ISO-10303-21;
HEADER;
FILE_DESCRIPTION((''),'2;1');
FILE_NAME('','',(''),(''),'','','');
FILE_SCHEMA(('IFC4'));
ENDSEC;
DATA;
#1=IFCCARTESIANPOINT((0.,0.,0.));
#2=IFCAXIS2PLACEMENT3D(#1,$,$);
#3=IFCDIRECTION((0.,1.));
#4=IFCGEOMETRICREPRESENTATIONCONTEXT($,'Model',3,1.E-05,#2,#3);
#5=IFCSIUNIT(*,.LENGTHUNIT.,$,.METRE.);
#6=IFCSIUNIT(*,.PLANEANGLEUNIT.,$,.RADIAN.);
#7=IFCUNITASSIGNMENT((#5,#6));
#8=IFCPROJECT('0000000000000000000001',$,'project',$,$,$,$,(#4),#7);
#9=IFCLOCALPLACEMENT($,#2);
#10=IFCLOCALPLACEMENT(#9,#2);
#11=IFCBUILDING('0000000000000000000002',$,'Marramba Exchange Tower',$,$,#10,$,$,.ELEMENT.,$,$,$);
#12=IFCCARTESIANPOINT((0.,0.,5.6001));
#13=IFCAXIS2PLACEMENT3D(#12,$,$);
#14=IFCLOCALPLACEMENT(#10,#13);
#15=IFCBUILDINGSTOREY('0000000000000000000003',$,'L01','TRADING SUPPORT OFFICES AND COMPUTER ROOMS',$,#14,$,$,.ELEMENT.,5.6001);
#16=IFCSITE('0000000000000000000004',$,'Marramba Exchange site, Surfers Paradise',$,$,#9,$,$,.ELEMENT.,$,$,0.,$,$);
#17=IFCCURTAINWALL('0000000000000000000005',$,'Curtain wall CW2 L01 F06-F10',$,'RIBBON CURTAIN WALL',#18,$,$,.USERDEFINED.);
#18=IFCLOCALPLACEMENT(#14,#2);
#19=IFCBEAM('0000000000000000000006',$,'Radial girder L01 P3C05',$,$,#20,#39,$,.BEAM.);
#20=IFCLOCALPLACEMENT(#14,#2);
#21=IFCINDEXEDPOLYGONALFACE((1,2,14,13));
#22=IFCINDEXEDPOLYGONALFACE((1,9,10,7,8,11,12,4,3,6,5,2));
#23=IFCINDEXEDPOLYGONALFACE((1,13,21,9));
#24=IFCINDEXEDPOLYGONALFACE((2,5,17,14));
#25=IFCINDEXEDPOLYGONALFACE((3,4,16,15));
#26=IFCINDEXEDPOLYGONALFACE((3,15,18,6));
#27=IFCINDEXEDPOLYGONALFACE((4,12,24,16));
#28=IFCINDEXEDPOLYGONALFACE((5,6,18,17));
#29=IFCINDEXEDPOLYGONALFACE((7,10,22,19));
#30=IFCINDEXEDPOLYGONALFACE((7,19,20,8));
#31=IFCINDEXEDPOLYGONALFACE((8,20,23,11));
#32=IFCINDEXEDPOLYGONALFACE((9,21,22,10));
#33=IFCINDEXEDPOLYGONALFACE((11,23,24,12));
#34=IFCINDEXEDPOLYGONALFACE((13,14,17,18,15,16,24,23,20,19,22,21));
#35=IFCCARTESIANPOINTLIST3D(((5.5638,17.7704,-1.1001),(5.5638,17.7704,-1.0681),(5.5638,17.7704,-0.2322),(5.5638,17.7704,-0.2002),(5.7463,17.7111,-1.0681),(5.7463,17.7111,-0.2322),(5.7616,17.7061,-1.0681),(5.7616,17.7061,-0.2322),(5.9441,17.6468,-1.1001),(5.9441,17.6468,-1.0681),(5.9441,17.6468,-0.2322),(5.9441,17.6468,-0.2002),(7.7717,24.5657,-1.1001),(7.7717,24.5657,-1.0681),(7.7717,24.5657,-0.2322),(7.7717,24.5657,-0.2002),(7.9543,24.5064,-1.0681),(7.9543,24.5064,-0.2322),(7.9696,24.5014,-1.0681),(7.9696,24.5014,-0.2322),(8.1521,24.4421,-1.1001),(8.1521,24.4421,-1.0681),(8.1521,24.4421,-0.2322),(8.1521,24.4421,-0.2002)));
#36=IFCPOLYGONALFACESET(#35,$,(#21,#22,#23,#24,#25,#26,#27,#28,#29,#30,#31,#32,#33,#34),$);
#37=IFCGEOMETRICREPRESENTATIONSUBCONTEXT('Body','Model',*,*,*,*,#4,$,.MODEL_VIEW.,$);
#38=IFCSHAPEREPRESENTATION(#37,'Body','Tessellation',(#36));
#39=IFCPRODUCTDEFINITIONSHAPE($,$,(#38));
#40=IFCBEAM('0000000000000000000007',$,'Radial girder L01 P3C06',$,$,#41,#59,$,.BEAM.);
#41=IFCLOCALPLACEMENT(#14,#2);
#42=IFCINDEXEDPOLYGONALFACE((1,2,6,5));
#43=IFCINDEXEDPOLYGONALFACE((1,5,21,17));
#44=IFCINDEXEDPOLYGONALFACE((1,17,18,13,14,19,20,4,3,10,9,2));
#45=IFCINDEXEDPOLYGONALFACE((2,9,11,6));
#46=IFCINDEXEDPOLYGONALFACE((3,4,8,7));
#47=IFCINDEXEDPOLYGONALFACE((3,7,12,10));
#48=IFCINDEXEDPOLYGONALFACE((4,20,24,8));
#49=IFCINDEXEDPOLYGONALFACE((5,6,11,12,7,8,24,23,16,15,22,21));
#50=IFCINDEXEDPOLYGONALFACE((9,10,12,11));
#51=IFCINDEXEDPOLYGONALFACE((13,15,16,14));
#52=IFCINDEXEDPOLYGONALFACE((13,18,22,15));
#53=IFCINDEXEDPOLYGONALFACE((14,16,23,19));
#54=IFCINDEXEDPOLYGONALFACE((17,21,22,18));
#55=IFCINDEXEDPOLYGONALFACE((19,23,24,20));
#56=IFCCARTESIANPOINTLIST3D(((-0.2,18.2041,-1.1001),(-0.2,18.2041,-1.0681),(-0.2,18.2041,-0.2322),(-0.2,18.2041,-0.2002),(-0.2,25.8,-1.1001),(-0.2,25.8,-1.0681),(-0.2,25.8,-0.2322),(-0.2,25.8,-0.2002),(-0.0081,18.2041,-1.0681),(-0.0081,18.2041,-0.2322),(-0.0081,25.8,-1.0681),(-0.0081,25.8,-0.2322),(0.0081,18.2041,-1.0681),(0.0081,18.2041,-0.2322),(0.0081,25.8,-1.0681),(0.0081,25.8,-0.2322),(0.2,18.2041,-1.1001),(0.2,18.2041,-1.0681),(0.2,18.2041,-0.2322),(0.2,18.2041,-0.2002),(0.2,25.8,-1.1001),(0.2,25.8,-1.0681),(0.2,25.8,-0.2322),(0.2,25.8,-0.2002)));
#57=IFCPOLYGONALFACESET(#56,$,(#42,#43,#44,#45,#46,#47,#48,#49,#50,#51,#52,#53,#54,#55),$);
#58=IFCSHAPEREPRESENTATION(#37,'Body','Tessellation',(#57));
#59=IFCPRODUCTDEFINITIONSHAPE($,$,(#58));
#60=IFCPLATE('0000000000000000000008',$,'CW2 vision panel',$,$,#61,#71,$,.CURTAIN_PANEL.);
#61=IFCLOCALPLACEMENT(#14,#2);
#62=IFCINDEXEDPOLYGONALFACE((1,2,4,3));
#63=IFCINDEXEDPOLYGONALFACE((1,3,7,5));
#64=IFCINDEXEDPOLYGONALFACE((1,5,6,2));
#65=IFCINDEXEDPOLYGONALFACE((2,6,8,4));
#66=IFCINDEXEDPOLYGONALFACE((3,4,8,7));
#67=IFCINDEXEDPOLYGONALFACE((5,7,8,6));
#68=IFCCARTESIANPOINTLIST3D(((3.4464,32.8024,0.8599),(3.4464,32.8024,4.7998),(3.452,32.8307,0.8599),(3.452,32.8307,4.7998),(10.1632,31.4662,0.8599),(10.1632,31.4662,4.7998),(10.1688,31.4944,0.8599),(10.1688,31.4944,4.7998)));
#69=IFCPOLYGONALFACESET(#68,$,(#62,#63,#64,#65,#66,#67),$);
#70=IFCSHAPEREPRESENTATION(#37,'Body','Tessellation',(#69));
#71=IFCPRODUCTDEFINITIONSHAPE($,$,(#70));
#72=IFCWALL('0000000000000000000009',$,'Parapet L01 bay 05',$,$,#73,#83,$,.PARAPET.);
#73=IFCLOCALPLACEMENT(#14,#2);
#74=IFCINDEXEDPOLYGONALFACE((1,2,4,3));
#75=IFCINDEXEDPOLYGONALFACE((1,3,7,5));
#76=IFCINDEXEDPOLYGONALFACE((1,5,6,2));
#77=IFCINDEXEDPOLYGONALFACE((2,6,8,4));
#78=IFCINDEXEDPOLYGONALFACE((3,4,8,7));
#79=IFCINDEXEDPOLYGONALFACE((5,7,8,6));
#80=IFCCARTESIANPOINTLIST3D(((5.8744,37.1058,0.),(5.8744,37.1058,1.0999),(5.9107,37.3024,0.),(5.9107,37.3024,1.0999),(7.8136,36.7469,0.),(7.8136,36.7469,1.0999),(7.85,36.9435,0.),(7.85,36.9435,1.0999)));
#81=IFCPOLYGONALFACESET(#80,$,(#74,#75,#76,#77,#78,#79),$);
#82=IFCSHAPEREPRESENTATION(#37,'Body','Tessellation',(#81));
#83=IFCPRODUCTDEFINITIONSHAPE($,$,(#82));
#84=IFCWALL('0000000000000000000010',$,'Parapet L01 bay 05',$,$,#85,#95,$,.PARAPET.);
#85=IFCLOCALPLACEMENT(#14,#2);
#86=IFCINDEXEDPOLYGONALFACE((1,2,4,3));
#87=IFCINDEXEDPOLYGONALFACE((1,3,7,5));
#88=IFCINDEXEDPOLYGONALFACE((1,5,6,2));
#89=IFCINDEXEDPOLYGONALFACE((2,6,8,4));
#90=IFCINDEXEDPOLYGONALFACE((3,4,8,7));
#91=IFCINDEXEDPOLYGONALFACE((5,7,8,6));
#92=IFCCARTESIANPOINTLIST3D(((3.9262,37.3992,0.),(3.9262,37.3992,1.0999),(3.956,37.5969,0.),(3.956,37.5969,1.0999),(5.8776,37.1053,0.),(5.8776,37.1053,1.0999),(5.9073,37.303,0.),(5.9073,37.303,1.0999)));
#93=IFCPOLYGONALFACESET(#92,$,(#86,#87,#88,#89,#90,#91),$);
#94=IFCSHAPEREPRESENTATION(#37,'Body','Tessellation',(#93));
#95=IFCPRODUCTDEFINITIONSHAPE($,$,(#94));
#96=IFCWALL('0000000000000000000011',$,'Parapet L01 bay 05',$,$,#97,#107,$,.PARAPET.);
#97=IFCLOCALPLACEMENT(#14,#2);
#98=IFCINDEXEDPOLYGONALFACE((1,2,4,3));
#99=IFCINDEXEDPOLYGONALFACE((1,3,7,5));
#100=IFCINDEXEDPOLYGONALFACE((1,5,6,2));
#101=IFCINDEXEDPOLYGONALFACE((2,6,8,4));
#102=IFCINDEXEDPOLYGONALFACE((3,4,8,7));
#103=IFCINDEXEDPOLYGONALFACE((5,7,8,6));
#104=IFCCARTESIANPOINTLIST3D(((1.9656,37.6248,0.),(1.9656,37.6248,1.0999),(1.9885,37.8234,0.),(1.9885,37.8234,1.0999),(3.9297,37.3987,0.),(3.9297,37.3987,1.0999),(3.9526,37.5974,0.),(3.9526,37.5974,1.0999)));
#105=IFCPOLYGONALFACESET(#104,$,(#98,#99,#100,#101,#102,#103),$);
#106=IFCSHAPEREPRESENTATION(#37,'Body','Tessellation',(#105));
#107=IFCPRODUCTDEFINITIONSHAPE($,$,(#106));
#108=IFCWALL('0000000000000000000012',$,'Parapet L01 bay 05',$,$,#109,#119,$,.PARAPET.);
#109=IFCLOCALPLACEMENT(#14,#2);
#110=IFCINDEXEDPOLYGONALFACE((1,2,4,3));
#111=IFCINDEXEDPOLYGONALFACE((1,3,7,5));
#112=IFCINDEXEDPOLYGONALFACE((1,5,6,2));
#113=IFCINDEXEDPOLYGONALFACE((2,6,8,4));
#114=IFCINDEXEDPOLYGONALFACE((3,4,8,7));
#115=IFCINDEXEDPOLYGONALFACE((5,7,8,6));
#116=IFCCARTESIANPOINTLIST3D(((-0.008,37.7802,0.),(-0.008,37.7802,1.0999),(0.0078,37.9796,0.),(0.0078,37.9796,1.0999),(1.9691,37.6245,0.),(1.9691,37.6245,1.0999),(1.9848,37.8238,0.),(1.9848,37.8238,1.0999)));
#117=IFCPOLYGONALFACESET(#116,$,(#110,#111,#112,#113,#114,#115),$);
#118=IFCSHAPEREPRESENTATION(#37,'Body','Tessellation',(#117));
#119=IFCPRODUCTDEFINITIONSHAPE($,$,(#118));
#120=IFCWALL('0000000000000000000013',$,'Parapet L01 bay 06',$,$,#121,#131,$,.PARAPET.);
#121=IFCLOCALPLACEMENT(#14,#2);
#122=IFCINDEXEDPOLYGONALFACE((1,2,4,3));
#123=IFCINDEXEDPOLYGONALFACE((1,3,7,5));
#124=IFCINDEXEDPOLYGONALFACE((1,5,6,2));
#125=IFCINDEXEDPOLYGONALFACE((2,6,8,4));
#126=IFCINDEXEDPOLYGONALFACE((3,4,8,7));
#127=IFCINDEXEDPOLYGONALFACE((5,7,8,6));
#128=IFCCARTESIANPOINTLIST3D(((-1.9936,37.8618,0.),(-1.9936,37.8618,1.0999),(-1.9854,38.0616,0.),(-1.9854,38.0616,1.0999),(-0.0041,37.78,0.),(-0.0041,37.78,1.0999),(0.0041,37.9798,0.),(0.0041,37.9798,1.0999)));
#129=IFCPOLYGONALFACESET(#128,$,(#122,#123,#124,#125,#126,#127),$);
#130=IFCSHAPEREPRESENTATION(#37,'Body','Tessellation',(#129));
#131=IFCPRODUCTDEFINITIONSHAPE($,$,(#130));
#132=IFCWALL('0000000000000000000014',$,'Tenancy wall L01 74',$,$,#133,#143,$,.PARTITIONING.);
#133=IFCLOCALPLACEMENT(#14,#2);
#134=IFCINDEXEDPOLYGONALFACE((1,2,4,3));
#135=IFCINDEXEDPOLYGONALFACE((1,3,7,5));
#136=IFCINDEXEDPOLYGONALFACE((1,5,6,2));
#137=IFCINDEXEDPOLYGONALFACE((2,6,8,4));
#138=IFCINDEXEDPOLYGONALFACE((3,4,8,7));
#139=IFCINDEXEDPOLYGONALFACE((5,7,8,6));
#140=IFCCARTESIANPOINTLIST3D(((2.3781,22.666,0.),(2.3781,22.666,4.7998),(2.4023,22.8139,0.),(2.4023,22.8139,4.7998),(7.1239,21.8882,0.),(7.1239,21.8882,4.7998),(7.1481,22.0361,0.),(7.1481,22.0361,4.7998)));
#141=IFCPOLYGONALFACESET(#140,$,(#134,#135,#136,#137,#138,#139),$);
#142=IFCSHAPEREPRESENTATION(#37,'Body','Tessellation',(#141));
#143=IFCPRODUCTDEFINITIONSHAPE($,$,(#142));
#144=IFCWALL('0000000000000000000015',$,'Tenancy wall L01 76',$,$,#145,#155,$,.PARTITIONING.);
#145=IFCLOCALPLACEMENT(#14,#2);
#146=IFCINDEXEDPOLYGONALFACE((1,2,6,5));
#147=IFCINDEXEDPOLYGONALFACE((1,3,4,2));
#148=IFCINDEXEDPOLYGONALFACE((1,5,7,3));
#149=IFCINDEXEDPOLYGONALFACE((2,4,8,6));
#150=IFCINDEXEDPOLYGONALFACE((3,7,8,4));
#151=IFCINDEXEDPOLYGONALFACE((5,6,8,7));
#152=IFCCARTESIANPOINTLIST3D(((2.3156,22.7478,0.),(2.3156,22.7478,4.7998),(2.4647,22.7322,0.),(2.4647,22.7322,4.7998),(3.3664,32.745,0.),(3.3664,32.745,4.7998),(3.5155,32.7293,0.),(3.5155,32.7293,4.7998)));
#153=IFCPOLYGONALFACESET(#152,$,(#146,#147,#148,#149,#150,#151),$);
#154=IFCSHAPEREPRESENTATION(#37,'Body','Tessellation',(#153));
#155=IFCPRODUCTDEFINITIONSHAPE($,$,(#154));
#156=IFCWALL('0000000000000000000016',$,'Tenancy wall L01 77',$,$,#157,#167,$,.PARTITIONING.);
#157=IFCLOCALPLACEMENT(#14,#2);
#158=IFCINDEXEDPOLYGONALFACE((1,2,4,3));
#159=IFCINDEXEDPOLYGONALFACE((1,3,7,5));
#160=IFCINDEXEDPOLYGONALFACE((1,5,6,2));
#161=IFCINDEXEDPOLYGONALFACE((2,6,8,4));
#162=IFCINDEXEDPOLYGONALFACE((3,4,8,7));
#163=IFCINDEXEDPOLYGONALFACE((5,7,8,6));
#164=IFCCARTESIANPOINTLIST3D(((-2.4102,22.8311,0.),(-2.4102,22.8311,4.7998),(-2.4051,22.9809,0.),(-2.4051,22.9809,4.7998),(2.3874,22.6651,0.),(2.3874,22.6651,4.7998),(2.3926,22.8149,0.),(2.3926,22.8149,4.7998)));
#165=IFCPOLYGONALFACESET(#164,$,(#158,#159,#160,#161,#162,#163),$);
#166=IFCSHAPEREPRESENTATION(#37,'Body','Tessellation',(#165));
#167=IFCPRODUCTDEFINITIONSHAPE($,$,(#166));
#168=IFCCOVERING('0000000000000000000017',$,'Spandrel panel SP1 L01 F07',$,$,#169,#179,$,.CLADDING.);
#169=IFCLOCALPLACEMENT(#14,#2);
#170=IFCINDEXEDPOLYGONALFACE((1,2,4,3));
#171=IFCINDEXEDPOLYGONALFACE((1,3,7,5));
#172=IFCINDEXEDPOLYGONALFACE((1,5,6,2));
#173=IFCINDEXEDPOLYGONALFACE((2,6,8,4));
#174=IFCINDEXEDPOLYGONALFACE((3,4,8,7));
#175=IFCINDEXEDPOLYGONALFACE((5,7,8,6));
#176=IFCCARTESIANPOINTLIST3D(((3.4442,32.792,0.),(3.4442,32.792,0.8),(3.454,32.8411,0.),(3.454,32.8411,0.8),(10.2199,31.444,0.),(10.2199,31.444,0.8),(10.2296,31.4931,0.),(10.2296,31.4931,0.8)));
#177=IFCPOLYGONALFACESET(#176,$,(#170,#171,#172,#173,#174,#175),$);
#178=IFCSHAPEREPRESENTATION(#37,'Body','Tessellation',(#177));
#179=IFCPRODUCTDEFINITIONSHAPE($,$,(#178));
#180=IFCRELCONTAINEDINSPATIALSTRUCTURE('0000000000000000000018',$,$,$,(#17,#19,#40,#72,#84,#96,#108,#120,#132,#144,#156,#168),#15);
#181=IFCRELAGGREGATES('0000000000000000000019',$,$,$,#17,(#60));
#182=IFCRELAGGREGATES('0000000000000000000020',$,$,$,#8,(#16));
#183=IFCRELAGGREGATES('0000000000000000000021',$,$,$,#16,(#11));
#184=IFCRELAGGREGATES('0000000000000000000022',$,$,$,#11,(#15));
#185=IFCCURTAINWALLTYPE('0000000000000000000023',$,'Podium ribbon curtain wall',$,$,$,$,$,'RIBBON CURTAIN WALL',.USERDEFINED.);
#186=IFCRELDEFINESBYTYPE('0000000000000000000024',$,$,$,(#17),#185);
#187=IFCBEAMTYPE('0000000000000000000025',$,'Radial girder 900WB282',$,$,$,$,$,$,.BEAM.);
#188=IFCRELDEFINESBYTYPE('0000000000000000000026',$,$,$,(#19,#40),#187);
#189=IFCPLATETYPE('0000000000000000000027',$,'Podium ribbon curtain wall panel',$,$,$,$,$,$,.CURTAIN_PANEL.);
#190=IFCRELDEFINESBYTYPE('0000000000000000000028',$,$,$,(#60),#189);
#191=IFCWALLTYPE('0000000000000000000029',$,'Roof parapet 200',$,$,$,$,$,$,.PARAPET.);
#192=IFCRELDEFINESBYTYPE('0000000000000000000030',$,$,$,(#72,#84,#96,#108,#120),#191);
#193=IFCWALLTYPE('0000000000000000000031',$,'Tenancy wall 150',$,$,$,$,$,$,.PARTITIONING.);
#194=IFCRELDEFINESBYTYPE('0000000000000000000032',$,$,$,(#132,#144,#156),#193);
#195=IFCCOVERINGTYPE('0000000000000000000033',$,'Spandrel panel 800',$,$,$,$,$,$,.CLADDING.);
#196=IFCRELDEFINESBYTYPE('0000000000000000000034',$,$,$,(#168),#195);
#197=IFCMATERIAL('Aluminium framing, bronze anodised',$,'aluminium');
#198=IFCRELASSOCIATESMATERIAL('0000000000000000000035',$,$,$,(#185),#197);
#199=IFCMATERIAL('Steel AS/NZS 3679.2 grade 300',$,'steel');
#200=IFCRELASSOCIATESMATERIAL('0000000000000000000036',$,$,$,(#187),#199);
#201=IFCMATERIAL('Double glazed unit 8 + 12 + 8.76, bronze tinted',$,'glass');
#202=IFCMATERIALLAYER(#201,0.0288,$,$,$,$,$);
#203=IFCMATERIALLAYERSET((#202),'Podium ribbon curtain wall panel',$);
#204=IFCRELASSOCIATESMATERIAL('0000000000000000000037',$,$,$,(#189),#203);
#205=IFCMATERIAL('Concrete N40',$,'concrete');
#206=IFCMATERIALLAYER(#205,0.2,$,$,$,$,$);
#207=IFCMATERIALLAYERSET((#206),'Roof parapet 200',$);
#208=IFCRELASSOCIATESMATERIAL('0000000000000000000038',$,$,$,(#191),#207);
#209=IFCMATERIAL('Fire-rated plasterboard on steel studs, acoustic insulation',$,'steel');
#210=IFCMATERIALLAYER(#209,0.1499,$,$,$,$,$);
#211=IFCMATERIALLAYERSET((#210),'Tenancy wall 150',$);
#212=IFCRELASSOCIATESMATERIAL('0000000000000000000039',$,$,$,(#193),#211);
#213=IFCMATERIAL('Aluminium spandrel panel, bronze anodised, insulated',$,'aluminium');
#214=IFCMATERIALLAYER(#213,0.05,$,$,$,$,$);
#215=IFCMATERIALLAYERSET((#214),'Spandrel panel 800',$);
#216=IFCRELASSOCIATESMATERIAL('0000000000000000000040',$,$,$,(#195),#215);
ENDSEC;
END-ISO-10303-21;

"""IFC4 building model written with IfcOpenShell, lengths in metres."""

from ifc_helpers import new_model, si_unit, direction, frame, frame_2d, origin, origin_2d, place, context, subcontext, project, spatial, rectangle, i_section, extrude, material, layer, layer_set, material_profile, profile_set, type_object, element, aggregate, save


model = new_model("IFC4")

# Units and contexts
model_context = context("Model", 3, precision=1e-05, world=origin(), true_north=direction((0.0, 1.0)))
body_context = subcontext(model_context, "Body", "Model", "MODEL_VIEW")
ifc_project = project(units=[si_unit("LENGTHUNIT", "METRE"), si_unit("PLANEANGLEUNIT", "RADIAN")], contexts=[model_context])

# Site, building, storey
site_placement = place(None, origin())
site = spatial("IfcSite", under=ifc_project, at=site_placement, Name="Marramba Exchange site, Surfers Paradise", CompositionType="ELEMENT", RefElevation=0.0)
building_placement = place(site_placement, origin())
building = spatial("IfcBuilding", under=site, at=building_placement, Name="Marramba Exchange Tower", CompositionType="ELEMENT")
storey_placement = place(building_placement, frame((0.0, 0.0, 5.6001)))
storey = spatial("IfcBuildingStorey", under=building, at=storey_placement, Name="L01", Description="TRADING SUPPORT OFFICES AND COMPUTER ROOMS", CompositionType="ELEMENT", Elevation=5.6001)

# Curtain wall
ifc_material_1 = material(Name="Aluminium framing, bronze anodised", Category="aluminium")
curtain_wall_type = type_object("IfcCurtainWallType", Name="Podium ribbon curtain wall", ElementType="RIBBON CURTAIN WALL", PredefinedType="USERDEFINED", material=ifc_material_1)
curtain_wall_placement = place(storey_placement, origin())
curtain_wall = element("IfcCurtainWall", 1, at=curtain_wall_placement, inside=storey, type_object=curtain_wall_type, Name="Curtain wall CW2 L01 F06-F10", ObjectType="RIBBON CURTAIN WALL", PredefinedType="USERDEFINED")

# Beams
ifc_material_2 = material(Name="Steel AS/NZS 3679.2 grade 300", Category="steel")
ifc_material_profile_1 = material_profile(ifc_material_2, i_section(OverallWidth=0.3999, OverallDepth=0.8999, WebThickness=0.0161, FlangeThickness=0.032, at=origin_2d()), Name="900WB282")
ifc_profile_set_1 = profile_set([ifc_material_profile_1], Name="Steel AS/NZS 3679.2 grade 300")
beam_type_1 = type_object("IfcBeamType", Name="Radial girder 900WB282", PredefinedType="BEAM", material=ifc_profile_set_1)
beam_1_placement = place(storey_placement, frame((7.9619, 24.5039, -0.6501), z_axis=(-0.309023, -0.951055, 0.0), x_axis=(0.951055, -0.309023, 0.0)))
element("IfcBeam", 2, at=beam_1_placement, inside=storey, type_object=beam_type_1, Name="Radial girder L01 P3C05", PredefinedType="BEAM", context=body_context, shape_type="SweptSolid", body=[
    extrude(i_section(OverallWidth=0.3999, OverallDepth=0.8999, WebThickness=0.0161, FlangeThickness=0.032, at=origin_2d()), origin(), (0.0, 0.0, 1.0), 7.145),
])
beam_2_placement = place(storey_placement, frame((0.0, 25.8, -0.6501), z_axis=(0.0, -1.0, 0.0), x_axis=(1.0, 0.0, 0.0)))
element("IfcBeam", 3, at=beam_2_placement, inside=storey, type_object=beam_type_1, Name="Radial girder L01 P3C06", PredefinedType="BEAM", context=body_context, shape_type="SweptSolid", body=[
    extrude(i_section(OverallWidth=0.3999, OverallDepth=0.8999, WebThickness=0.0161, FlangeThickness=0.032, at=origin_2d()), origin(), (0.0, 0.0, 1.0), 7.5959),
])

# Plate
ifc_material_3 = material(Name="Double glazed unit 8 + 12 + 8.76, bronze tinted", Category="glass")
ifc_layer_1 = layer(ifc_material_3, 0.0288)
ifc_layer_set_1 = layer_set([ifc_layer_1], Name="Podium ribbon curtain wall panel")
plate_type = type_object("IfcPlateType", Name="Podium ribbon curtain wall panel", PredefinedType="CURTAIN_PANEL", material=ifc_layer_set_1)
plate_placement = place(storey_placement, frame((6.8076, 32.1484, 0.8599), z_axis=(0.0, 0.0, 1.0), x_axis=(-0.980779, 0.19512, 0.0)))
plate = element("IfcPlate", 4, at=plate_placement, type_object=plate_type, Name="CW2 vision panel", PredefinedType="CURTAIN_PANEL", context=body_context, shape_type="SweptSolid", body=[
    extrude(rectangle(XDim=6.8484, YDim=0.0288, at=origin_2d()), origin(), (0.0, 0.0, 1.0), 3.9399),
])
aggregate(curtain_wall, [plate])

# Walls
ifc_material_4 = material(Name="Concrete N40", Category="concrete")
ifc_layer_2 = layer(ifc_material_4, 0.2)
ifc_layer_set_2 = layer_set([ifc_layer_2], Name="Roof parapet 200")
wall_type_1 = type_object("IfcWallType", Name="Roof parapet 200", PredefinedType="PARAPET", material=ifc_layer_set_2)
wall_1_placement = place(storey_placement, frame((7.8318, 36.8452, 0.0), z_axis=(0.0, 0.0, 1.0), x_axis=(-0.983303, 0.181978, 0.0)))
element("IfcWall", 5, at=wall_1_placement, inside=storey, type_object=wall_type_1, Name="Parapet L01 bay 05", PredefinedType="PARAPET", context=body_context, shape_type="SweptSolid", body=[
    extrude(rectangle(XDim=1.9722, YDim=0.2, at=frame_2d((0.9861, 0.0))), origin(), (0.0, 0.0, 1.0), 1.0999),
])
wall_2_placement = place(storey_placement, frame((5.8926, 37.2041, 0.0), z_axis=(0.0, 0.0, 1.0), x_axis=(-0.988845, 0.148951, 0.0)))
element("IfcWall", 6, at=wall_2_placement, inside=storey, type_object=wall_type_1, Name="Parapet L01 bay 05", PredefinedType="PARAPET", context=body_context, shape_type="SweptSolid", body=[
    extrude(rectangle(XDim=1.9734, YDim=0.2, at=frame_2d((0.9868, 0.0))), origin(), (0.0, 0.0, 1.0), 1.0999),
])
wall_3_placement = place(storey_placement, frame((3.9412, 37.498, 0.0), z_axis=(0.0, 0.0, 1.0), x_axis=(-0.993441, 0.114348, 0.0)))
element("IfcWall", 7, at=wall_3_placement, inside=storey, type_object=wall_type_1, Name="Parapet L01 bay 05", PredefinedType="PARAPET", context=body_context, shape_type="SweptSolid", body=[
    extrude(rectangle(XDim=1.9771, YDim=0.2, at=frame_2d((0.9885, 0.0))), origin(), (0.0, 0.0, 1.0), 1.0999),
])
wall_4_placement = place(storey_placement, frame((1.9771, 37.7241, 0.0), z_axis=(0.0, 0.0, 1.0), x_axis=(-0.996911, 0.078542, 0.0)))
element("IfcWall", 8, at=wall_4_placement, inside=storey, type_object=wall_type_1, Name="Parapet L01 bay 05", PredefinedType="PARAPET", context=body_context, shape_type="SweptSolid", body=[
    extrude(rectangle(XDim=1.9832, YDim=0.2, at=frame_2d((0.9917, 0.0))), origin(), (0.0, 0.0, 1.0), 1.0999),
])
wall_5_placement = place(storey_placement, frame((0.0, 37.8799, 0.0), z_axis=(0.0, 0.0, 1.0), x_axis=(-0.999156, 0.041075, 0.0)))
element("IfcWall", 9, at=wall_5_placement, inside=storey, type_object=wall_type_1, Name="Parapet L01 bay 06", PredefinedType="PARAPET", context=body_context, shape_type="SweptSolid", body=[
    extrude(rectangle(XDim=1.9912, YDim=0.2, at=frame_2d((0.9956, 0.0))), origin(), (0.0, 0.0, 1.0), 1.0999),
])
ifc_material_5 = material(Name="Fire-rated plasterboard on steel studs, acoustic insulation", Category="steel")
ifc_layer_3 = layer(ifc_material_5, 0.1499)
ifc_layer_set_3 = layer_set([ifc_layer_3], Name="Tenancy wall 150")
wall_type_2 = type_object("IfcWallType", Name="Tenancy wall 150", PredefinedType="PARTITIONING", material=ifc_layer_set_3)
wall_6_placement = place(storey_placement, frame((7.136, 21.9622, 0.0), z_axis=(0.0, 0.0, 1.0), x_axis=(-0.986834, 0.161739, 0.0)))
element("IfcWall", 10, at=wall_6_placement, inside=storey, type_object=wall_type_2, Name="Tenancy wall L01 74", PredefinedType="PARTITIONING", context=body_context, shape_type="SweptSolid", body=[
    extrude(rectangle(XDim=4.8091, YDim=0.1499, at=frame_2d((2.4045, 0.0))), origin(), (0.0, 0.0, 1.0), 4.7998),
])
wall_7_placement = place(storey_placement, frame((2.3901, 22.74, 0.0), z_axis=(0.0, 0.0, 1.0), x_axis=(0.104533, 0.994521, 0.0)))
element("IfcWall", 11, at=wall_7_placement, inside=storey, type_object=wall_type_2, Name="Tenancy wall L01 76", PredefinedType="PARTITIONING", context=body_context, shape_type="SweptSolid", body=[
    extrude(rectangle(XDim=10.0522, YDim=0.1499, at=frame_2d((5.0261, 0.0))), origin(), (0.0, 0.0, 1.0), 4.7998),
])
wall_8_placement = place(storey_placement, frame((2.3901, 22.74, 0.0), z_axis=(0.0, 0.0, 1.0), x_axis=(-0.999402, 0.034583, 0.0)))
element("IfcWall", 12, at=wall_8_placement, inside=storey, type_object=wall_type_2, Name="Tenancy wall L01 77", PredefinedType="PARTITIONING", context=body_context, shape_type="SweptSolid", body=[
    extrude(rectangle(XDim=4.8005, YDim=0.1499, at=frame_2d((2.4004, 0.0))), origin(), (0.0, 0.0, 1.0), 4.7998),
])

# Covering
ifc_material_6 = material(Name="Aluminium spandrel panel, bronze anodised, insulated", Category="aluminium")
ifc_layer_4 = layer(ifc_material_6, 0.05)
ifc_layer_set_4 = layer_set([ifc_layer_4], Name="Spandrel panel 800")
covering_type = type_object("IfcCoveringType", Name="Spandrel panel 800", PredefinedType="CLADDING", material=ifc_layer_set_4)
covering_placement = place(storey_placement, frame((6.8369, 32.1426, 0.0), z_axis=(0.0, 0.0, 1.0), x_axis=(-0.980779, 0.19512, 0.0)))
element("IfcCovering", 13, at=covering_placement, inside=storey, type_object=covering_type, Name="Spandrel panel SP1 L01 F07", PredefinedType="CLADDING", context=body_context, shape_type="SweptSolid", body=[
    extrude(rectangle(XDim=6.9084, YDim=0.05, at=origin_2d()), origin(), (0.0, 0.0, 1.0), 0.8),
])

save(model, "model.ifc")
